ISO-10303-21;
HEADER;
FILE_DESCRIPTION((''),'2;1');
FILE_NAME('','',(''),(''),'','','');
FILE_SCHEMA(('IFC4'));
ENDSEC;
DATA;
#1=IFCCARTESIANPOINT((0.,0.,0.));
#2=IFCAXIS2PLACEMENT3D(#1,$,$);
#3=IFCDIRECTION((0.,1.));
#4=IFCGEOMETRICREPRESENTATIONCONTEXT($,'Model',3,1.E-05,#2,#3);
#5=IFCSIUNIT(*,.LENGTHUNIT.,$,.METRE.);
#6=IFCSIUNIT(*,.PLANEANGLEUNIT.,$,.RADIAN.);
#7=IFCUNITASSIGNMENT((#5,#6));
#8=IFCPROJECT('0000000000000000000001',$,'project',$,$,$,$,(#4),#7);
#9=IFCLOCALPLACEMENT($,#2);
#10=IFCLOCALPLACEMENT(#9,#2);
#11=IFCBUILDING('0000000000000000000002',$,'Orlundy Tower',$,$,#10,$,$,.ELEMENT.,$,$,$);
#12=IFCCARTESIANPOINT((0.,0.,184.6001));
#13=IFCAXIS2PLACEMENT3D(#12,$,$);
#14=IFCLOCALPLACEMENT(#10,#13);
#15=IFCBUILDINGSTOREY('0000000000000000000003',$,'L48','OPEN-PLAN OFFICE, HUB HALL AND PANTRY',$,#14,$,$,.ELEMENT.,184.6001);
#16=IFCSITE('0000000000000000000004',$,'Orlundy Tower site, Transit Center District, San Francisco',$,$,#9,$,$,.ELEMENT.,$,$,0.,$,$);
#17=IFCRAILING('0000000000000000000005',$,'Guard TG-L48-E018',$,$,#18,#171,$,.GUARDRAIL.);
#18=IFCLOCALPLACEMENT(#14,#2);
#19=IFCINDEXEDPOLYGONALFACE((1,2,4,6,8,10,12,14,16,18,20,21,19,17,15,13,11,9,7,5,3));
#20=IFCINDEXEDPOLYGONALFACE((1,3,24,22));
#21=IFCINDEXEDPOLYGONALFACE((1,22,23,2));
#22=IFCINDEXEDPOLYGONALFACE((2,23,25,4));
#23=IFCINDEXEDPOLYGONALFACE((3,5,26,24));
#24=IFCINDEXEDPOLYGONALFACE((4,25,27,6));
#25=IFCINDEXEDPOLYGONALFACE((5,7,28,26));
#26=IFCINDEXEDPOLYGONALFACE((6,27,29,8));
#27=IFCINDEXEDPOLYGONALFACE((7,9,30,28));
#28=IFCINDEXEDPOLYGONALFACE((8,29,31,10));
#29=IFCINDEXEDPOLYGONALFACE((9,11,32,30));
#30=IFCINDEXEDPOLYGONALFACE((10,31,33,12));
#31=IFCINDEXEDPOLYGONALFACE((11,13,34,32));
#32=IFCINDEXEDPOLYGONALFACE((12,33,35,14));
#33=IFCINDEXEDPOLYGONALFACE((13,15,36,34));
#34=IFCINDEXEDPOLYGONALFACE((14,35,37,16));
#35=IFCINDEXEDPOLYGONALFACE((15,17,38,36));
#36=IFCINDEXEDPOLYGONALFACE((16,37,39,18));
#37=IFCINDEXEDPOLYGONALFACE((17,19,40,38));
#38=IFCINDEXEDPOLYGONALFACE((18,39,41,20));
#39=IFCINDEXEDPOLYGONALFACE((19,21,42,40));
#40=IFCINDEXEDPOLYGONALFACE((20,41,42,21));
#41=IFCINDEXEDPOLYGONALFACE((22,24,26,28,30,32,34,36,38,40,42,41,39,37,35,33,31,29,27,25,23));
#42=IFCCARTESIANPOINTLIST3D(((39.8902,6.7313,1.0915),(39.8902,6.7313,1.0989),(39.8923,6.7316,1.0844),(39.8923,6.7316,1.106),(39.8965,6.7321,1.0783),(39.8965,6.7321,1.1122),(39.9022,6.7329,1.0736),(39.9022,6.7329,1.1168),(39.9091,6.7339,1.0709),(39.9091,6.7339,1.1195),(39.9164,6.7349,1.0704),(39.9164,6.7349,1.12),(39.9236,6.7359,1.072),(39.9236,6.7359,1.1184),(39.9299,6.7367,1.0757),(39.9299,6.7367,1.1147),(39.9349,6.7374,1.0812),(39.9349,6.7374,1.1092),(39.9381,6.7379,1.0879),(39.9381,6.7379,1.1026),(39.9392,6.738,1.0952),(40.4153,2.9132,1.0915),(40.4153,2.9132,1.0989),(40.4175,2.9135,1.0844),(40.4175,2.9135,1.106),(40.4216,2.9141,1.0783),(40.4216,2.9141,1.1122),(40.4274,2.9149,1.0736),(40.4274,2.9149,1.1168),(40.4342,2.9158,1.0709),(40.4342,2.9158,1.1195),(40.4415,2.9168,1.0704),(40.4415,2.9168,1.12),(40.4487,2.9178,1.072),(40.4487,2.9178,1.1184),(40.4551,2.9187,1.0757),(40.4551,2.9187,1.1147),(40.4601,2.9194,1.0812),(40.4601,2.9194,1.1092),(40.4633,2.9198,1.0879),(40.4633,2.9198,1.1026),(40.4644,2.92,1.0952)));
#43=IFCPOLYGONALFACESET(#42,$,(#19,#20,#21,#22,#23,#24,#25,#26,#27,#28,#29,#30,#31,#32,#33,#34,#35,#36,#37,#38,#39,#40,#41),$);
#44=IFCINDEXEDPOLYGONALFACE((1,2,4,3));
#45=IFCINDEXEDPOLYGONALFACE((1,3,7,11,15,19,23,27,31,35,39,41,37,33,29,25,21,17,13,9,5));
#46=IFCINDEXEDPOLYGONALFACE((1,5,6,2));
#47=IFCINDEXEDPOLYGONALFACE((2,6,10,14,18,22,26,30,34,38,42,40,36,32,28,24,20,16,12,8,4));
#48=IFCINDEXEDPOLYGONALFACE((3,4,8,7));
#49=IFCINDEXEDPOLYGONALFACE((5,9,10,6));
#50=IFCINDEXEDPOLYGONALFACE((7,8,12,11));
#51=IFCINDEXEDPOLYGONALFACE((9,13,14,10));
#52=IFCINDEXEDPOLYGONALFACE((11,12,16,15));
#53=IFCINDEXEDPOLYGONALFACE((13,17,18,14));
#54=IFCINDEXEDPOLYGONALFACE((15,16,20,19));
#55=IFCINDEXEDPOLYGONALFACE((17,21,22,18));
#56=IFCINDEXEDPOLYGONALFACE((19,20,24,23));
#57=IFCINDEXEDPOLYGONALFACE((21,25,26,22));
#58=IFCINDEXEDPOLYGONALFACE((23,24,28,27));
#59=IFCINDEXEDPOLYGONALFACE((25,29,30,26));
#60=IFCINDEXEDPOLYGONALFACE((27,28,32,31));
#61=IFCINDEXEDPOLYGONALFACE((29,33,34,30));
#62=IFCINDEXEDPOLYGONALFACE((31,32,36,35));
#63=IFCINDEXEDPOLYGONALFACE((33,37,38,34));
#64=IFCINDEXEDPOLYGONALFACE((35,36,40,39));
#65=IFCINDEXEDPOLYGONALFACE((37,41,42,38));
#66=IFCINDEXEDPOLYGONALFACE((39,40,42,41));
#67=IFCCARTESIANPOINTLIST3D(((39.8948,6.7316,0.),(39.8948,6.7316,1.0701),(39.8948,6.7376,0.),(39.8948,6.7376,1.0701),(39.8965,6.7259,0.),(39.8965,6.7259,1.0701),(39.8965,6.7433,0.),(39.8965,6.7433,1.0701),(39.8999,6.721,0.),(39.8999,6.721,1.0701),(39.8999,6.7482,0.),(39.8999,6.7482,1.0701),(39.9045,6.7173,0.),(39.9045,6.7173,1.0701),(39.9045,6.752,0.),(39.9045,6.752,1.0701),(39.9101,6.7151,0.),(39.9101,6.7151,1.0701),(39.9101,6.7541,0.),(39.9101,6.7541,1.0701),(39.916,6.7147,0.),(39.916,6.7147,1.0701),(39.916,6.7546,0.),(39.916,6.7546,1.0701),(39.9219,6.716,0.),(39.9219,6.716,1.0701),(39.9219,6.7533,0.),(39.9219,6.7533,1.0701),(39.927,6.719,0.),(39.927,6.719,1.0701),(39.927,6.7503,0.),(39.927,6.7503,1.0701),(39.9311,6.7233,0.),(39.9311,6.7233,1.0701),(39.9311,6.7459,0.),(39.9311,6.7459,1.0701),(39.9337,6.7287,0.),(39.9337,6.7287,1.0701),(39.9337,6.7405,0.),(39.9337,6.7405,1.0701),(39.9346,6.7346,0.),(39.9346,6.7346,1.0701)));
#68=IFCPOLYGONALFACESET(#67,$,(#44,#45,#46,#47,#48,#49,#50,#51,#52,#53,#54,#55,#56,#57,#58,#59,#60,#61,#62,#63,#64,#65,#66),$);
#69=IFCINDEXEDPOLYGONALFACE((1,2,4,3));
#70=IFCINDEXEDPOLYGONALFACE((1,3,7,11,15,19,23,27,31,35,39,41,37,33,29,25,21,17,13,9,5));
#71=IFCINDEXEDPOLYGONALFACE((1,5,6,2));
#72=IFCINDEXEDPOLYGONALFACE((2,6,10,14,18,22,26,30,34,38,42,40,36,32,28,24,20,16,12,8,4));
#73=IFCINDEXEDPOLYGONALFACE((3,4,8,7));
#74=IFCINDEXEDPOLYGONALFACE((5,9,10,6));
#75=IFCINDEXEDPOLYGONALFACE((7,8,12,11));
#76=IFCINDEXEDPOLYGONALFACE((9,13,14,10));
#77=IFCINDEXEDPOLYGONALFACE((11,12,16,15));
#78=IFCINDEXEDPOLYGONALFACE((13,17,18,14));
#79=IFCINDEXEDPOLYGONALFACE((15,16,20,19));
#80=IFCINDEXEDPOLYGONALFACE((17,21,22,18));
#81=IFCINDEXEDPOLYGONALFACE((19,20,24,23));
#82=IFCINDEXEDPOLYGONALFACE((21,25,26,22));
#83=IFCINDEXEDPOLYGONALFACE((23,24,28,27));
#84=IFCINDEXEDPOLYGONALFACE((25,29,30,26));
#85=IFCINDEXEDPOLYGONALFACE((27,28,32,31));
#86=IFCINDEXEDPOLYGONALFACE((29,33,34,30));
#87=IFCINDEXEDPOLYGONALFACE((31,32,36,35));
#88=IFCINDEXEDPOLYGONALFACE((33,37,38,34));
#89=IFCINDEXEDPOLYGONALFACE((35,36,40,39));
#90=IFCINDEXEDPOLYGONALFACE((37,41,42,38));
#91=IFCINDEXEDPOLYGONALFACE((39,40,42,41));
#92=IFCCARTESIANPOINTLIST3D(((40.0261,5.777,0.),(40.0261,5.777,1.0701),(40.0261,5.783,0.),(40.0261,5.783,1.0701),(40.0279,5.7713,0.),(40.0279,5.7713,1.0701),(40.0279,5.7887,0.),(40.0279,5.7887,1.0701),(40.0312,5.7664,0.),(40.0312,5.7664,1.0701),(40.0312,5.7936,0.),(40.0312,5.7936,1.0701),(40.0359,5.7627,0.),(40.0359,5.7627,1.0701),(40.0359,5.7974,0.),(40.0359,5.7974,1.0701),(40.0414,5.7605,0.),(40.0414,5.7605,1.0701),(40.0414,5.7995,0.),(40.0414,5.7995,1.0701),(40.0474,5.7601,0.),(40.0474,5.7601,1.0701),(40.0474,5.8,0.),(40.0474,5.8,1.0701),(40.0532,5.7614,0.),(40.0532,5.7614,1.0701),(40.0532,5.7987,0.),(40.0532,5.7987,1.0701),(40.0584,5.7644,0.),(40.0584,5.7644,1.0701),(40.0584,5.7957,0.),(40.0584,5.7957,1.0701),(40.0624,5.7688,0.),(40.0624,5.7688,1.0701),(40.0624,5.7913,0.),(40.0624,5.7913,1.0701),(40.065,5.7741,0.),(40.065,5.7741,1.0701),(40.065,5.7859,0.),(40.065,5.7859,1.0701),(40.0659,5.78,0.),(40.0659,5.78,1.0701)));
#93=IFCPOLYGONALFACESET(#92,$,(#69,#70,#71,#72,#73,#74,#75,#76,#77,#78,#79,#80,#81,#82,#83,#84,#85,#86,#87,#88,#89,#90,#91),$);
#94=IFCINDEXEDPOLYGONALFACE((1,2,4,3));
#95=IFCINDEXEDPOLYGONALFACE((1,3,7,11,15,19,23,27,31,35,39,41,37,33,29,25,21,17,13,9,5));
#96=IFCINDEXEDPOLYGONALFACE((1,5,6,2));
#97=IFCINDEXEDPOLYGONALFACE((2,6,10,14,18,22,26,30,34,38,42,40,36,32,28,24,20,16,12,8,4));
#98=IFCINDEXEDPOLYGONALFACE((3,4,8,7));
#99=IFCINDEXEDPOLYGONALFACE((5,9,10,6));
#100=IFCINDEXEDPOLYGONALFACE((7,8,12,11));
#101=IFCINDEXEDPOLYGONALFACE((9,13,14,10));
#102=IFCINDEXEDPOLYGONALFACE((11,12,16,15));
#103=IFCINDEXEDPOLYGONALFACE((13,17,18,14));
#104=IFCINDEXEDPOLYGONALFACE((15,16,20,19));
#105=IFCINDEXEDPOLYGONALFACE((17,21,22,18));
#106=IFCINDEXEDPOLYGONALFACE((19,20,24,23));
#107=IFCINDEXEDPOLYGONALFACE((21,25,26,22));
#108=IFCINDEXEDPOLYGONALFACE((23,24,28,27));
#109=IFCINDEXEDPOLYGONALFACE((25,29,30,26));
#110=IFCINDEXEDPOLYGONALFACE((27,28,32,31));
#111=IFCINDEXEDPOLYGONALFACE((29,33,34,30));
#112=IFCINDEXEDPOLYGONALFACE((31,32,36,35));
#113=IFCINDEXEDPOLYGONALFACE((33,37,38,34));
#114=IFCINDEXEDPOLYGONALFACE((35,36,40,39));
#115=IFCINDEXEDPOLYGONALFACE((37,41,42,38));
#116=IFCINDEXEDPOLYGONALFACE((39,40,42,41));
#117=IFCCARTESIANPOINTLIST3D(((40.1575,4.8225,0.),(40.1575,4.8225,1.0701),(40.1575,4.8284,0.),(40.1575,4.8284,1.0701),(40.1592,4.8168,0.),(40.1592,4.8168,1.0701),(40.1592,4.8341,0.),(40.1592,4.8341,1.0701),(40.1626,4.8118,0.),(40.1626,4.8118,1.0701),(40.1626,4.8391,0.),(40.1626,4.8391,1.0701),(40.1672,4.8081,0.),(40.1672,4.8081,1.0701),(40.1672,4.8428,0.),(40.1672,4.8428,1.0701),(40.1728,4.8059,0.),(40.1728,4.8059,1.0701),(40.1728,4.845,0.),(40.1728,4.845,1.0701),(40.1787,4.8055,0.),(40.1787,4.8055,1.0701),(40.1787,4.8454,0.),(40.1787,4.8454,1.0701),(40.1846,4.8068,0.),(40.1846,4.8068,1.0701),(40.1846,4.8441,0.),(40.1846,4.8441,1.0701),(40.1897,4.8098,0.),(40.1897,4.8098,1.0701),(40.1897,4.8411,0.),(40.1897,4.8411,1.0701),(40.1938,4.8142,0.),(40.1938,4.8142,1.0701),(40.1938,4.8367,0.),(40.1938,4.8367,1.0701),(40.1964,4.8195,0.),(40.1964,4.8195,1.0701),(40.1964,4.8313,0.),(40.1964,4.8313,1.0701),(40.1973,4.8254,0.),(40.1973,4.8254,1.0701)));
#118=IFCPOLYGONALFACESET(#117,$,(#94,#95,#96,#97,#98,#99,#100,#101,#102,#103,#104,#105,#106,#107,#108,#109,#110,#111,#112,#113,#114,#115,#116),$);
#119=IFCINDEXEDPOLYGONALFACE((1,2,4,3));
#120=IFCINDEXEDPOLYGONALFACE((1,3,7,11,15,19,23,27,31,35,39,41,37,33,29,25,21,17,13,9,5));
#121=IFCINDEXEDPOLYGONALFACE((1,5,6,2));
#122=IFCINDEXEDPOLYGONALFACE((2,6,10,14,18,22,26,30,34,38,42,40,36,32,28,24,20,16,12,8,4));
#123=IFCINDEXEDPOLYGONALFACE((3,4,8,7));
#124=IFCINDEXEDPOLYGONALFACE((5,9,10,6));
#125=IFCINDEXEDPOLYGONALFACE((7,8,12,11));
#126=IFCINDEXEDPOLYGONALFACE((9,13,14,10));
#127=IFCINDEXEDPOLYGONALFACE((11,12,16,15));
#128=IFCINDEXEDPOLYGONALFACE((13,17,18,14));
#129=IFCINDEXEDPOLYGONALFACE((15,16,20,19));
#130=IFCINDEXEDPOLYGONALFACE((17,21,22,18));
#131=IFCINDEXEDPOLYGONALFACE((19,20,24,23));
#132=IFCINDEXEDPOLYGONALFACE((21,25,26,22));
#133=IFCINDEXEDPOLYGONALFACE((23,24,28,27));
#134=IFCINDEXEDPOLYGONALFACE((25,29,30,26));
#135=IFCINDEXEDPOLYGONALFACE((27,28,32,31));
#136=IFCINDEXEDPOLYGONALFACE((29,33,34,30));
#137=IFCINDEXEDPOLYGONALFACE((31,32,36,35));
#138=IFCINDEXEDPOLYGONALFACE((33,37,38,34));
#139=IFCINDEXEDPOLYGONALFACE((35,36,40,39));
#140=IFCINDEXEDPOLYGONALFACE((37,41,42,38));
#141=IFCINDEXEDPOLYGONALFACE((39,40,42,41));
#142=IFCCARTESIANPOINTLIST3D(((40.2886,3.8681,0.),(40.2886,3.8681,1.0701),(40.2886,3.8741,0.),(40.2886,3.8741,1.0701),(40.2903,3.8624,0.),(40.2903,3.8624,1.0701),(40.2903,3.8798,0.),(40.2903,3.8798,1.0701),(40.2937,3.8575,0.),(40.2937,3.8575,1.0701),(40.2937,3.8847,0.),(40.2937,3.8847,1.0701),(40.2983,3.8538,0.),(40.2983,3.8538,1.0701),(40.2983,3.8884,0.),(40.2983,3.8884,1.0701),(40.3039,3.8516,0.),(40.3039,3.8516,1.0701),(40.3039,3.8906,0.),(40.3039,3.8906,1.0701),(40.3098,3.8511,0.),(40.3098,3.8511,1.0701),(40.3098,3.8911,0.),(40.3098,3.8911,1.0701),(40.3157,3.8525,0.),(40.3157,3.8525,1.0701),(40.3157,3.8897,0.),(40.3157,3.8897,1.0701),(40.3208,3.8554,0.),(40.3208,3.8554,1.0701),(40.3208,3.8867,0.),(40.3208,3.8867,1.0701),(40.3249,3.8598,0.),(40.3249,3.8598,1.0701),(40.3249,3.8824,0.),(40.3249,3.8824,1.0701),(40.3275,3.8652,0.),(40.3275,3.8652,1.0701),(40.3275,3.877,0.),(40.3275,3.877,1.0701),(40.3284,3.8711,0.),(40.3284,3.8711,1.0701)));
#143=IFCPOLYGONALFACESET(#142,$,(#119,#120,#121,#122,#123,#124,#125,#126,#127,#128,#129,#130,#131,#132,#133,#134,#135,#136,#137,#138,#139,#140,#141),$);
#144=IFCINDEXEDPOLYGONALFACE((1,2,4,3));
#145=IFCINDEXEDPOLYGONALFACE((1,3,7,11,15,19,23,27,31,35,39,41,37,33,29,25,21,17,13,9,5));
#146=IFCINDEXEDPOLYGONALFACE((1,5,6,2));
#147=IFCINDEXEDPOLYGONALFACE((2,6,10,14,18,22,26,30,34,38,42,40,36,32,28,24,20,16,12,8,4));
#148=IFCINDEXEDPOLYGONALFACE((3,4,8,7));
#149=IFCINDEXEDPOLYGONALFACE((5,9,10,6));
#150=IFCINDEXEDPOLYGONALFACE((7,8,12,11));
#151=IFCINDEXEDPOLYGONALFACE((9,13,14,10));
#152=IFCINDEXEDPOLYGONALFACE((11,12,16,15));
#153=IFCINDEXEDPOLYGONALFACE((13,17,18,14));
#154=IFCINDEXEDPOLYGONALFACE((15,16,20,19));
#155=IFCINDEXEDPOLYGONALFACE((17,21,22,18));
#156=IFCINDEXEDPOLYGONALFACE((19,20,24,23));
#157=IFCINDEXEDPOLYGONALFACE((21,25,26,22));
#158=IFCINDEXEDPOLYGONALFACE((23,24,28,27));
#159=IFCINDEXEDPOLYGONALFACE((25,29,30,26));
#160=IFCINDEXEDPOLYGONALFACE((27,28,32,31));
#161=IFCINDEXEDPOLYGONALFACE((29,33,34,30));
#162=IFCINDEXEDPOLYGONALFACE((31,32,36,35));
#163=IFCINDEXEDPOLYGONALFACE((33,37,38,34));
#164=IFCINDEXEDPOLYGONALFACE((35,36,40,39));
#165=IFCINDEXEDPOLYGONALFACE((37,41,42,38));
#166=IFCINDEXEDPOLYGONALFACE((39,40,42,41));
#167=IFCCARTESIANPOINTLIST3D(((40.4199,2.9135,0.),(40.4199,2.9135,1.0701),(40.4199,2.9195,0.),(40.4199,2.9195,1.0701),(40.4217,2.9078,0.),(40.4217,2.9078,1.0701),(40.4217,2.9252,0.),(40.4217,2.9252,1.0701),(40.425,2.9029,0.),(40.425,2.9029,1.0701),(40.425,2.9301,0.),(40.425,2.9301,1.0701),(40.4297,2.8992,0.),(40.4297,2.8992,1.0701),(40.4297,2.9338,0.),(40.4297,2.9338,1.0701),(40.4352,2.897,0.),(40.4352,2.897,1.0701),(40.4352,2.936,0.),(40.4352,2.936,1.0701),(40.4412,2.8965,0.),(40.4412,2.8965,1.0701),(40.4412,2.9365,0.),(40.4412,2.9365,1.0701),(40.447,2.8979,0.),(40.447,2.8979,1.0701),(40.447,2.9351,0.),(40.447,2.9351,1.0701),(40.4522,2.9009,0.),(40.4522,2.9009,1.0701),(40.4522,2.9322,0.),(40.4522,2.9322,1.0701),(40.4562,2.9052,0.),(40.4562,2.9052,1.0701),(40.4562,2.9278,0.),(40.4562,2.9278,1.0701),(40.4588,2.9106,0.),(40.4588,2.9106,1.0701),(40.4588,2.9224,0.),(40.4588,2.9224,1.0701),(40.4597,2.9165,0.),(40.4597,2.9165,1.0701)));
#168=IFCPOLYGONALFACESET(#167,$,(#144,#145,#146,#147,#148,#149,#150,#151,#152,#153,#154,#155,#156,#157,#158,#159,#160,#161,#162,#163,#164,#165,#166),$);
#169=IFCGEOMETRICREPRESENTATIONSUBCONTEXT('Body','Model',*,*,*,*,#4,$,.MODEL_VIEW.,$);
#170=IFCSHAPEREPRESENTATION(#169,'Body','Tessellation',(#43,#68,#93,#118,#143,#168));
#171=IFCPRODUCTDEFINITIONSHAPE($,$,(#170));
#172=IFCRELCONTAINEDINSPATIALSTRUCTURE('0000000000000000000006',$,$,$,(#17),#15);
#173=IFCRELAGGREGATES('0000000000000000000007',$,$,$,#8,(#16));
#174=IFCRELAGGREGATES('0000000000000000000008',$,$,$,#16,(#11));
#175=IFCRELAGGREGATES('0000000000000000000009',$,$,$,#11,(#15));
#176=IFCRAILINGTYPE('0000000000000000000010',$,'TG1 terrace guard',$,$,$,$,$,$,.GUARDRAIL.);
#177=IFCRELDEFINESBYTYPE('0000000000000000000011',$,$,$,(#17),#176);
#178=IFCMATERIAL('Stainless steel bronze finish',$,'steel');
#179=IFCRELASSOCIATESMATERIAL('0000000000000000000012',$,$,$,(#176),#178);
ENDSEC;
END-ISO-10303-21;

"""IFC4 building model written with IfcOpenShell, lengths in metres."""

from ifc_helpers import new_model, si_unit, direction, frame, origin, origin_2d, place, context, subcontext, project, spatial, circle, extrude, material, type_object, element, save


model = new_model("IFC4")

# Units and contexts
model_context = context("Model", 3, precision=1e-05, world=origin(), true_north=direction((0.0, 1.0)))
body_context = subcontext(model_context, "Body", "Model", "MODEL_VIEW")
ifc_project = project(units=[si_unit("LENGTHUNIT", "METRE"), si_unit("PLANEANGLEUNIT", "RADIAN")], contexts=[model_context])

# Site, building, storey
site_placement = place(None, origin())
site = spatial("IfcSite", under=ifc_project, at=site_placement, Name="Orlundy Tower site, Transit Center District, San Francisco", CompositionType="ELEMENT", RefElevation=0.0)
building_placement = place(site_placement, origin())
building = spatial("IfcBuilding", under=site, at=building_placement, Name="Orlundy Tower", CompositionType="ELEMENT")
storey_placement = place(building_placement, frame((0.0, 0.0, 184.6001)))
storey = spatial("IfcBuildingStorey", under=building, at=storey_placement, Name="L48", Description="OPEN-PLAN OFFICE, HUB HALL AND PANTRY", CompositionType="ELEMENT", Elevation=184.6001)

# Railing
ifc_material_1 = material(Name="Stainless steel bronze finish", Category="steel")
railing_type = type_object("IfcRailingType", Name="TG1 terrace guard", PredefinedType="GUARDRAIL", material=ifc_material_1)
railing_1_placement = place(storey_placement, frame((39.9146, 6.7346, 0.0)))
element("IfcRailing", 1, at=railing_1_placement, inside=storey, type_object=railing_type, Name="Guard TG-L48-E018", PredefinedType="GUARDRAIL", context=body_context, shape_type="SweptSolid", body=[
    extrude(circle(Radius=0.0249, at=origin_2d()), frame((0.0, 0.0, 1.0952), z_axis=(0.136258, -0.990673, 0.0), x_axis=(0.990673, 0.136258, 0.0)), (0.0, 0.0, 1.0), 3.854),
    extrude(circle(Radius=0.02, at=origin_2d()), origin(), (0.0, 0.0, 1.0), 1.0701),
    extrude(circle(Radius=0.02, at=origin_2d()), frame((0.1313, -0.9546, 0.0)), (0.0, 0.0, 1.0), 1.0701),
    extrude(circle(Radius=0.02, at=origin_2d()), frame((0.2627, -1.9092, 0.0)), (0.0, 0.0, 1.0), 1.0701),
    extrude(circle(Radius=0.02, at=origin_2d()), frame((0.3938, -2.8635, 0.0)), (0.0, 0.0, 1.0), 1.0701),
    extrude(circle(Radius=0.02, at=origin_2d()), frame((0.5251, -3.8181, 0.0)), (0.0, 0.0, 1.0), 1.0701),
])

save(model, "model.ifc")
